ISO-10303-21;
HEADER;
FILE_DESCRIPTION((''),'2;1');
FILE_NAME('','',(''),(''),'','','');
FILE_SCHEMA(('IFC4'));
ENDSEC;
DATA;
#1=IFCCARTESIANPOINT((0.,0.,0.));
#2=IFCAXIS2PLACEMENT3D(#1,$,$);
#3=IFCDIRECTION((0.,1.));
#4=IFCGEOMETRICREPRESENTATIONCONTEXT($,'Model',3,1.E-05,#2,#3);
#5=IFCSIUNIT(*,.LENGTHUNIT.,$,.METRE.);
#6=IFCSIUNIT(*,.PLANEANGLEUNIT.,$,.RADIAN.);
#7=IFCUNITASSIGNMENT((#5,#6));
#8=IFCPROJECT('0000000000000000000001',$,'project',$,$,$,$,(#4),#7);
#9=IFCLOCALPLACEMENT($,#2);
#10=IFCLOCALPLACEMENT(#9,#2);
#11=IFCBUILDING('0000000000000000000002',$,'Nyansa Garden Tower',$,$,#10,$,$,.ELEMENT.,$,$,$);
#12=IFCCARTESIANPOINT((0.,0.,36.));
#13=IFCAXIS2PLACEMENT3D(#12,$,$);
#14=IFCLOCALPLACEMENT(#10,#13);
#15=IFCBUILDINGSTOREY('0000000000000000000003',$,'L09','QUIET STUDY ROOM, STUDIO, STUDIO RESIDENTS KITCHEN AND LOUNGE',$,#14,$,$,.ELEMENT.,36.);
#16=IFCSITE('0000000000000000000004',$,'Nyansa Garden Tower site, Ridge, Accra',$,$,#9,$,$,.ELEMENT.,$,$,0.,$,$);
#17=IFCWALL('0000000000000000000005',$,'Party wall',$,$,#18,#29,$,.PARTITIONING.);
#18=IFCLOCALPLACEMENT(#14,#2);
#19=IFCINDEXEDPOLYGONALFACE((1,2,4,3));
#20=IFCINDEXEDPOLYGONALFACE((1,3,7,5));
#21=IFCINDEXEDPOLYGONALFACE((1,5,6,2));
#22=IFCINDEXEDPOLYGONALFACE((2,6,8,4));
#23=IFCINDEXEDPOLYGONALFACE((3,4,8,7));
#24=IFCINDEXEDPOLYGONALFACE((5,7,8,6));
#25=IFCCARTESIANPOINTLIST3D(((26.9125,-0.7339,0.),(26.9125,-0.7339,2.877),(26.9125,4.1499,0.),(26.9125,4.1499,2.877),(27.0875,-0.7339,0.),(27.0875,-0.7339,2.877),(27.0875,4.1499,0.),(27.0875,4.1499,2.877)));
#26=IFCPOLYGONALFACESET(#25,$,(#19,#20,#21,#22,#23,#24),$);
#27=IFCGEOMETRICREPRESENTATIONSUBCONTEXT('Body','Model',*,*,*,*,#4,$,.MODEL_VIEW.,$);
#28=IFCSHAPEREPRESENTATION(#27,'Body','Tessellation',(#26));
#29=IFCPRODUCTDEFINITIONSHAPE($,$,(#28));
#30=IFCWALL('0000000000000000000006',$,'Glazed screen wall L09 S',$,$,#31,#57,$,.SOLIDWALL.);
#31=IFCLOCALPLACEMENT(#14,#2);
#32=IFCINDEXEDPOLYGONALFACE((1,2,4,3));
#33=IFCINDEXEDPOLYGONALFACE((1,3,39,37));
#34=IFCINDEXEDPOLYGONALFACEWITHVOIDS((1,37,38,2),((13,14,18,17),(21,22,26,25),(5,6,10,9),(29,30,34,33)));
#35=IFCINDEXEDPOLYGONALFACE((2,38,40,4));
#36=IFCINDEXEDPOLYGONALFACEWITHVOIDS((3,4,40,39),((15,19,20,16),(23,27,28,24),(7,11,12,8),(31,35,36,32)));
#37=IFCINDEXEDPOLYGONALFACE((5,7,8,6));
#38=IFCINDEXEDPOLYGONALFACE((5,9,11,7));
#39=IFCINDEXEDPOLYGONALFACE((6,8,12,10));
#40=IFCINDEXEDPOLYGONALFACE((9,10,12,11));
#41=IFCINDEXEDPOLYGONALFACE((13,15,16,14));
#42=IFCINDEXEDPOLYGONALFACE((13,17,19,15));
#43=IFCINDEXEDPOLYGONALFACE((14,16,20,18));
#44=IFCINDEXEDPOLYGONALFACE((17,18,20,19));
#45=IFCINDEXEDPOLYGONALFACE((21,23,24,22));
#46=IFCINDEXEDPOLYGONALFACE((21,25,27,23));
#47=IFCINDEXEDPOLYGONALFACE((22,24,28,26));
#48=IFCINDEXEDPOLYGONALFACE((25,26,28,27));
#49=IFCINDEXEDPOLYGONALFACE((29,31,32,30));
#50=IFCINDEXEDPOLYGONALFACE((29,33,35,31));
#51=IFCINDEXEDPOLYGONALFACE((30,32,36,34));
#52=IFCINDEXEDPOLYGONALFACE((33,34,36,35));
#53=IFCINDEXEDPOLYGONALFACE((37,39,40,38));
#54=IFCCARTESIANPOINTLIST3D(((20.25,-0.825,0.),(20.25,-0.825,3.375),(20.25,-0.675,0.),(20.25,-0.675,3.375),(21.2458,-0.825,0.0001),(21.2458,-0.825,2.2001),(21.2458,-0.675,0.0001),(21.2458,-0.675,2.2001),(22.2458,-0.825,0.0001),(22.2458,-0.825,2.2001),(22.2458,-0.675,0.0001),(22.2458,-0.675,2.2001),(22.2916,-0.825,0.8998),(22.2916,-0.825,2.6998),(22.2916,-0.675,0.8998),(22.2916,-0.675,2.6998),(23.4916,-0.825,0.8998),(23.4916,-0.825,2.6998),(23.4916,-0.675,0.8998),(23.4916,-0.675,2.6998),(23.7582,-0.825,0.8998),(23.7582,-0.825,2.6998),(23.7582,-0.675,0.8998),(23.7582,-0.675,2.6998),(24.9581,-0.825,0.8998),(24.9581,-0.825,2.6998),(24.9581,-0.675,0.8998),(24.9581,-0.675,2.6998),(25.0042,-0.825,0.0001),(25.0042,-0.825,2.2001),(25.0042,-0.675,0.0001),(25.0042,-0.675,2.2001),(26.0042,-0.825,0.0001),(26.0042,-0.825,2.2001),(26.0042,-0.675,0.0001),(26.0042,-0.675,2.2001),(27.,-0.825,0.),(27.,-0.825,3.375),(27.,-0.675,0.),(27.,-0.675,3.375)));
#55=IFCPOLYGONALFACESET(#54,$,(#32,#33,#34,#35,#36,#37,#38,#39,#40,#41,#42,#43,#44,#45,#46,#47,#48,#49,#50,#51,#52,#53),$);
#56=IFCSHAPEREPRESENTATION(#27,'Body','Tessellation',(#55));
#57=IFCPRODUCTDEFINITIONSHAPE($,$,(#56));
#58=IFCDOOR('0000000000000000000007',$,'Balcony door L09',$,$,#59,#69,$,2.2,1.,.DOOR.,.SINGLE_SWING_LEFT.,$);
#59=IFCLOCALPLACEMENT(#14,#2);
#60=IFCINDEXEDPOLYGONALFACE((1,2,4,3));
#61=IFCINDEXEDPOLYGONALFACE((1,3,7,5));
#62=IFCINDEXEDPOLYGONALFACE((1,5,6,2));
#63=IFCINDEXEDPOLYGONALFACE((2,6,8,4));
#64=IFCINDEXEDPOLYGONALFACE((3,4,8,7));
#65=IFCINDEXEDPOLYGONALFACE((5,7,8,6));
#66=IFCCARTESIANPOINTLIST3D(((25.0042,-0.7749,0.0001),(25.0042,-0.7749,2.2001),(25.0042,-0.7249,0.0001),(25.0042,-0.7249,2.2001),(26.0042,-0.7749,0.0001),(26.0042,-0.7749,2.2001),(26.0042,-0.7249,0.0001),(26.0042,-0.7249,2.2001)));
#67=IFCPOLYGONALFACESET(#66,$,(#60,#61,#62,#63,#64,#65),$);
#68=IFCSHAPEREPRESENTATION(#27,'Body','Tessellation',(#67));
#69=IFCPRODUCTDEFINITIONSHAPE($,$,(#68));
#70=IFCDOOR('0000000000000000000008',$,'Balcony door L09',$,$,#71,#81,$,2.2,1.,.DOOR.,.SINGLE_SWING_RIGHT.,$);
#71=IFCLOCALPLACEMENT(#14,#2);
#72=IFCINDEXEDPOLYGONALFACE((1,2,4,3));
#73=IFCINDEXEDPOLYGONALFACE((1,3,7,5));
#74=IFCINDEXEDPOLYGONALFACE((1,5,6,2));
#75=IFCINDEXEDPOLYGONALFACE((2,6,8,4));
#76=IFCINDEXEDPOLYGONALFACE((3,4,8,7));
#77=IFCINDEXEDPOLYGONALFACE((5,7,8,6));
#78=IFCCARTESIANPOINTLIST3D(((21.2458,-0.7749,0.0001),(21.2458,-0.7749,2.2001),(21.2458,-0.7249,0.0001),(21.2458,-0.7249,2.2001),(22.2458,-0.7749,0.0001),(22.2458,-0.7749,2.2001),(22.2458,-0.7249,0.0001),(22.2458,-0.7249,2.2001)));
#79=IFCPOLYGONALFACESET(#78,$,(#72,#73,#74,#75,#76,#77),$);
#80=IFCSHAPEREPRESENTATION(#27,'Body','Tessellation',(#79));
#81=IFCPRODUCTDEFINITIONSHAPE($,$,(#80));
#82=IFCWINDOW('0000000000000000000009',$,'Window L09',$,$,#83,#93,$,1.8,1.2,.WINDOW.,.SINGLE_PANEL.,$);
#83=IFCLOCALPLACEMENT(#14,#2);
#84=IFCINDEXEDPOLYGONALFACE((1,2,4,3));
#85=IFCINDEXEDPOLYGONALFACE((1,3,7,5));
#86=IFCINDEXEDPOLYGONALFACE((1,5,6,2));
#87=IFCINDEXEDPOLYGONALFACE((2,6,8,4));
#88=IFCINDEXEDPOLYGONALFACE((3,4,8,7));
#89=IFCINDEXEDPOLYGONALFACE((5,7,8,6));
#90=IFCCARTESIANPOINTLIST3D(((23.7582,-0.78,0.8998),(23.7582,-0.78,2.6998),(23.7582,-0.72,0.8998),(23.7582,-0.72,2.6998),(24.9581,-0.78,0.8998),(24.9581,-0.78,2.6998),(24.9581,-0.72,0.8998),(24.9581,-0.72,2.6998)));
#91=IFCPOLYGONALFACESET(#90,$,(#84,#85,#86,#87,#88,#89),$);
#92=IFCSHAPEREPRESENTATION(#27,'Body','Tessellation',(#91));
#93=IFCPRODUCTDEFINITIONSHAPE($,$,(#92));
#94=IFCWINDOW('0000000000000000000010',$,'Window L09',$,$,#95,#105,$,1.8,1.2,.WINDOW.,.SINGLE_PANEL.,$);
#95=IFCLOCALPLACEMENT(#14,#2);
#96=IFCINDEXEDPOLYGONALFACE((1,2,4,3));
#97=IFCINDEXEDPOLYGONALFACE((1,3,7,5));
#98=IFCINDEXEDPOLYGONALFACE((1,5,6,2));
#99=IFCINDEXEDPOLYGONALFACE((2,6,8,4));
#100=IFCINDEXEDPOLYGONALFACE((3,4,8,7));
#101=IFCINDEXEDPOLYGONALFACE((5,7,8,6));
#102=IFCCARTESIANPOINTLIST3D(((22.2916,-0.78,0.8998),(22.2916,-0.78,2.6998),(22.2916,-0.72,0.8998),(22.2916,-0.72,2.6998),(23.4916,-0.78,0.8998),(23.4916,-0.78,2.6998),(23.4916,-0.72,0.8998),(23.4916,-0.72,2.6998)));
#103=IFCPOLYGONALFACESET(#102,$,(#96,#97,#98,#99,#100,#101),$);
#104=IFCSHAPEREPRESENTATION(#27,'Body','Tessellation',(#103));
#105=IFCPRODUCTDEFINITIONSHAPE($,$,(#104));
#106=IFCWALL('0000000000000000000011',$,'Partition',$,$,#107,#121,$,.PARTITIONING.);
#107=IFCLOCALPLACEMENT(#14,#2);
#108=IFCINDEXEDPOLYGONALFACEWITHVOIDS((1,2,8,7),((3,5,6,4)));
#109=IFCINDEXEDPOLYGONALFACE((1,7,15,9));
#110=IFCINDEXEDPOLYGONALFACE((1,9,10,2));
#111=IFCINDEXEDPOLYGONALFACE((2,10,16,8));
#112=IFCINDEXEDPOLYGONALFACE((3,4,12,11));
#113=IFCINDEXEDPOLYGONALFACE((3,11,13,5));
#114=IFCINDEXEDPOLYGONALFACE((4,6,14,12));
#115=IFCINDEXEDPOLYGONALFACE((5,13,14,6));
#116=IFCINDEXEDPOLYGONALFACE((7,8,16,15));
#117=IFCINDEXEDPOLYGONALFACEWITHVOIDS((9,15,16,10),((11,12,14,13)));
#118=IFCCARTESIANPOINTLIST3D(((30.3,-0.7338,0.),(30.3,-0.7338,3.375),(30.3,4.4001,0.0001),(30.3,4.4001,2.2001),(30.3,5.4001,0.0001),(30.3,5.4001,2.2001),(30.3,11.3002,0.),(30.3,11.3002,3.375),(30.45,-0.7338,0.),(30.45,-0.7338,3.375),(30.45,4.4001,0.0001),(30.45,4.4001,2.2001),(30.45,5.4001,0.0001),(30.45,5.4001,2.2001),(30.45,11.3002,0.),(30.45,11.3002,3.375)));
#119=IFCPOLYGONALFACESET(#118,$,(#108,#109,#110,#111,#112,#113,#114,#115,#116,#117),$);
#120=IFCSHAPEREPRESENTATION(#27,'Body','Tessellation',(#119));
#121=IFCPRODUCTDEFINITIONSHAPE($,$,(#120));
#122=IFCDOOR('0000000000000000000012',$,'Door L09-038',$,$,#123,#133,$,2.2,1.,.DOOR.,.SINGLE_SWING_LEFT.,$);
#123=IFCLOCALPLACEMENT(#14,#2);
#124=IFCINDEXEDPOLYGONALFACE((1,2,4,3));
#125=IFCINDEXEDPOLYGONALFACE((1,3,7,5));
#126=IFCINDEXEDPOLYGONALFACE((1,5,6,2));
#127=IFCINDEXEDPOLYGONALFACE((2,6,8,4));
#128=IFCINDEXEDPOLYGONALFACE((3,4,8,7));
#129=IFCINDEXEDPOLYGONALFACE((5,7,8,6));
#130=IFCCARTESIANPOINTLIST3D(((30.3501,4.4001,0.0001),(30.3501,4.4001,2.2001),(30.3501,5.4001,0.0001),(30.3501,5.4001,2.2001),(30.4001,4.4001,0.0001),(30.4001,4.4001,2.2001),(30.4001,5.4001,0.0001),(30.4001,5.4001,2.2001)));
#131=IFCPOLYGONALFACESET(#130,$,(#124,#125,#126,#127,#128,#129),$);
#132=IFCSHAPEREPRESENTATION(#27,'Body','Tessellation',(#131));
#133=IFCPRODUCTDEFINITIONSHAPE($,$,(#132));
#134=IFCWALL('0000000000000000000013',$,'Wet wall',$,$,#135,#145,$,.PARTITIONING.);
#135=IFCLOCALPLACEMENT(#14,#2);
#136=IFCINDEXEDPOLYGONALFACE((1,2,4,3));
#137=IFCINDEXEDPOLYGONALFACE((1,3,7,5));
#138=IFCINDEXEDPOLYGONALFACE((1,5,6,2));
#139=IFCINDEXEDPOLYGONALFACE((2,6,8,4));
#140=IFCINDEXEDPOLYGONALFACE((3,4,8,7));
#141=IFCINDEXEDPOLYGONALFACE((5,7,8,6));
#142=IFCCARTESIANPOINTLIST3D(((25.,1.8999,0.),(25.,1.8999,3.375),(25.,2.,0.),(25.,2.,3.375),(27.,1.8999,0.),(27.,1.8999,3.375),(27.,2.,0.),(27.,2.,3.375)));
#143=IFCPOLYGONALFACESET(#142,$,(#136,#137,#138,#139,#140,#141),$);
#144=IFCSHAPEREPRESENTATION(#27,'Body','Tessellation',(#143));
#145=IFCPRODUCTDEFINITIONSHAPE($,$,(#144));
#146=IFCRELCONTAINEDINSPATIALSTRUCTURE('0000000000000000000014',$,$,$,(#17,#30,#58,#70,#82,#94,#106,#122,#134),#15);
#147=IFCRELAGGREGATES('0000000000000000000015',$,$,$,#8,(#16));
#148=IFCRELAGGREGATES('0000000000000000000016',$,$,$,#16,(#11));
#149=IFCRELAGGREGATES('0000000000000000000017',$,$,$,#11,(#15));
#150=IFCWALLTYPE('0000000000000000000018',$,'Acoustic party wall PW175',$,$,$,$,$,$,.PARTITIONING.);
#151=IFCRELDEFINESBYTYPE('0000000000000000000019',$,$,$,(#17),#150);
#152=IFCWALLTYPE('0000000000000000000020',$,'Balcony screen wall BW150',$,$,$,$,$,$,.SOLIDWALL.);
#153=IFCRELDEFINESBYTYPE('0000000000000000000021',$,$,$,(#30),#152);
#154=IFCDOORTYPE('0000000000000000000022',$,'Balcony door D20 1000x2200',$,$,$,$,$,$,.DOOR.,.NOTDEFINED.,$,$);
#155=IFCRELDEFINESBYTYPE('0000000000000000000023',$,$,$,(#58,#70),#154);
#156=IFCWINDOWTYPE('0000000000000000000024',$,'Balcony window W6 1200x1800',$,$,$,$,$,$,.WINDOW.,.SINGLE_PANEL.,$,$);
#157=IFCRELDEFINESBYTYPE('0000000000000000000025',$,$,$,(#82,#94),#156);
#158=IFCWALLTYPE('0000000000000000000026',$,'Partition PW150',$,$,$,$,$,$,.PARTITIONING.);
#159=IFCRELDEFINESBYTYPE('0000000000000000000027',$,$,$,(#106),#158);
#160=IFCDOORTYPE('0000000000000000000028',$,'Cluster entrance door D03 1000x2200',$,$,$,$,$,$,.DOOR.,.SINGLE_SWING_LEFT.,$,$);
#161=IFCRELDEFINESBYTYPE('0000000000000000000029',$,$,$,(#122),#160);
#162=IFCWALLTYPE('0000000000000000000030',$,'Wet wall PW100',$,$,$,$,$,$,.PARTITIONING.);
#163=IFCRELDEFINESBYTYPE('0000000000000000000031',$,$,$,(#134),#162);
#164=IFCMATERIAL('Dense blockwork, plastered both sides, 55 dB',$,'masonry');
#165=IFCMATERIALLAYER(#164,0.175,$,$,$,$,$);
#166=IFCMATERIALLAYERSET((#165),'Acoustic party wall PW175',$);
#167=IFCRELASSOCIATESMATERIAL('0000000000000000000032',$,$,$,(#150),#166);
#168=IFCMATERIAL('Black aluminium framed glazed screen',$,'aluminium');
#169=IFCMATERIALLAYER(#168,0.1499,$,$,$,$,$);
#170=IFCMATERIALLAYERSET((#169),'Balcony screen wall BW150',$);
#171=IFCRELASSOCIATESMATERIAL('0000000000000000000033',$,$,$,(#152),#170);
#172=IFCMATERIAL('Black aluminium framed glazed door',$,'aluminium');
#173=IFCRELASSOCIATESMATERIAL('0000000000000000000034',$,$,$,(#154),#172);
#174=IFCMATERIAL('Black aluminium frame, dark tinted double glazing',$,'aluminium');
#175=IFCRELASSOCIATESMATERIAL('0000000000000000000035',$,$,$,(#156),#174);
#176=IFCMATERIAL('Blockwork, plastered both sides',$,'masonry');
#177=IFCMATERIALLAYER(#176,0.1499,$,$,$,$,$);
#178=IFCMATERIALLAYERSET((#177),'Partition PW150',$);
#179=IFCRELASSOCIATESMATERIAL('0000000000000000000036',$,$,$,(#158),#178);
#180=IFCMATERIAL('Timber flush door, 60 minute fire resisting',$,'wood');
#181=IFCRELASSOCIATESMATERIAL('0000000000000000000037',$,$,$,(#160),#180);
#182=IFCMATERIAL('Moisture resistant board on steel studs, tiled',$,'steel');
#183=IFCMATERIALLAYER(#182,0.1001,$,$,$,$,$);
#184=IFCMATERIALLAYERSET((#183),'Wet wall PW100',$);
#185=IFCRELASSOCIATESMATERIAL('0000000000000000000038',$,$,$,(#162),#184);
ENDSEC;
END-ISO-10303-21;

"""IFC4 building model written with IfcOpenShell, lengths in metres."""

from ifc_helpers import new_model, si_unit, direction, frame, frame_2d, origin, place, context, subcontext, project, spatial, rectangle, extrude, material, layer, layer_set, type_object, element, fill, save


model = new_model("IFC4")

# Units and contexts
model_context = context("Model", 3, precision=1e-05, world=origin(), true_north=direction((0.0, 1.0)))
body_context = subcontext(model_context, "Body", "Model", "MODEL_VIEW")
ifc_project = project(units=[si_unit("LENGTHUNIT", "METRE"), si_unit("PLANEANGLEUNIT", "RADIAN")], contexts=[model_context])

# Site, building, storey
site_placement = place(None, origin())
site = spatial("IfcSite", under=ifc_project, at=site_placement, Name="Nyansa Garden Tower site, Ridge, Accra", CompositionType="ELEMENT", RefElevation=0.0)
building_placement = place(site_placement, origin())
building = spatial("IfcBuilding", under=site, at=building_placement, Name="Nyansa Garden Tower", CompositionType="ELEMENT")
storey_placement = place(building_placement, frame((0.0, 0.0, 36.0)))
storey = spatial("IfcBuildingStorey", under=building, at=storey_placement, Name="L09", Description="QUIET STUDY ROOM, STUDIO, STUDIO RESIDENTS KITCHEN AND LOUNGE", CompositionType="ELEMENT", Elevation=36.0)

# Wall
ifc_material_1 = material(Name="Dense blockwork, plastered both sides, 55 dB", Category="masonry")
ifc_layer_1 = layer(ifc_material_1, 0.175)
ifc_layer_set_1 = layer_set([ifc_layer_1], Name="Acoustic party wall PW175")
wall_type_1 = type_object("IfcWallType", Name="Acoustic party wall PW175", PredefinedType="PARTITIONING", material=ifc_layer_set_1)
wall_1_placement = place(storey_placement, frame((27.0, -0.7339, 0.0), z_axis=(0.0, 0.0, 1.0), x_axis=(0.0, 1.0, 0.0)))
element("IfcWall", 1, at=wall_1_placement, inside=storey, type_object=wall_type_1, Name="Party wall", PredefinedType="PARTITIONING", context=body_context, shape_type="SweptSolid", body=[
    extrude(rectangle(XDim=4.8838, YDim=0.175, at=frame_2d((2.4419, 0.0))), origin(), (0.0, 0.0, 1.0), 2.877),
])

# Wall, openings, doors, windows
ifc_material_2 = material(Name="Black aluminium framed glazed screen", Category="aluminium")
ifc_layer_2 = layer(ifc_material_2, 0.1499)
ifc_layer_set_2 = layer_set([ifc_layer_2], Name="Balcony screen wall BW150")
wall_type_2 = type_object("IfcWallType", Name="Balcony screen wall BW150", PredefinedType="SOLIDWALL", material=ifc_layer_set_2)
wall_2_placement = place(storey_placement, frame((27.0, -0.75, 0.0), z_axis=(0.0, 0.0, 1.0), x_axis=(-1.0, 0.0, 0.0)))
wall_2 = element("IfcWall", 2, at=wall_2_placement, inside=storey, type_object=wall_type_2, Name="Glazed screen wall L09 S", PredefinedType="SOLIDWALL", context=body_context, shape_type="SweptSolid", body=[
    extrude(rectangle(XDim=6.75, YDim=0.1499, at=frame_2d((3.375, 0.0))), origin(), (0.0, 0.0, 1.0), 3.375),
])
opening_1_placement = place(wall_2_placement, frame((0.9958, 0.0, 0.0)))
opening_1 = element("IfcOpeningElement", 3, at=opening_1_placement, cuts=wall_2, PredefinedType="OPENING", context=body_context, shape_type="SweptSolid", body=[
    extrude(rectangle(XDim=1.0, YDim=2.2, at=frame_2d((0.5, 1.1001))), frame((0.0, 0.085, 0.0), z_axis=(0.0, -1.0, 0.0), x_axis=(1.0, 0.0, 0.0)), (0.0, 0.0, 1.0), 0.1699),
])
opening_2_placement = place(wall_2_placement, frame((2.0417, 0.0, 0.8999)))
opening_2 = element("IfcOpeningElement", 4, at=opening_2_placement, cuts=wall_2, PredefinedType="OPENING", context=body_context, shape_type="SweptSolid", body=[
    extrude(rectangle(XDim=1.2, YDim=1.8, at=frame_2d((0.6001, 0.8999))), frame((0.0, 0.085, 0.0), z_axis=(0.0, -1.0, 0.0), x_axis=(1.0, 0.0, 0.0)), (0.0, 0.0, 1.0), 0.1699),
])
opening_3_placement = place(wall_2_placement, frame((4.7542, 0.0, 0.0)))
opening_3 = element("IfcOpeningElement", 5, at=opening_3_placement, cuts=wall_2, PredefinedType="OPENING", context=body_context, shape_type="SweptSolid", body=[
    extrude(rectangle(XDim=1.0, YDim=2.2, at=frame_2d((0.5, 1.1001))), frame((0.0, 0.085, 0.0), z_axis=(0.0, -1.0, 0.0), x_axis=(1.0, 0.0, 0.0)), (0.0, 0.0, 1.0), 0.1699),
])
opening_4_placement = place(wall_2_placement, frame((3.5083, 0.0, 0.8999)))
opening_4 = element("IfcOpeningElement", 6, at=opening_4_placement, cuts=wall_2, PredefinedType="OPENING", context=body_context, shape_type="SweptSolid", body=[
    extrude(rectangle(XDim=1.2, YDim=1.8, at=frame_2d((0.6001, 0.8999))), frame((0.0, 0.085, 0.0), z_axis=(0.0, -1.0, 0.0), x_axis=(1.0, 0.0, 0.0)), (0.0, 0.0, 1.0), 0.1699),
])
ifc_material_3 = material(Name="Black aluminium framed glazed door", Category="aluminium")
door_type_1 = type_object("IfcDoorType", Name="Balcony door D20 1000x2200", OperationType="NOTDEFINED", PredefinedType="DOOR", material=ifc_material_3)
door_1_placement = place(opening_1_placement, origin())
door_1 = element("IfcDoor", 7, at=door_1_placement, inside=storey, type_object=door_type_1, Name="Balcony door L09", OperationType="SINGLE_SWING_LEFT", OverallHeight=2.2, OverallWidth=1.0, PredefinedType="DOOR", context=body_context, shape_type="SweptSolid", body=[
    extrude(rectangle(XDim=1.0, YDim=2.2, at=frame_2d((0.5, 1.1001))), frame((0.0, 0.0249, 0.0), z_axis=(0.0, -1.0, 0.0), x_axis=(1.0, 0.0, 0.0)), (0.0, 0.0, 1.0), 0.05),
])
fill(opening_1, door_1)
door_2_placement = place(opening_3_placement, origin())
door_2 = element("IfcDoor", 8, at=door_2_placement, inside=storey, type_object=door_type_1, Name="Balcony door L09", OperationType="SINGLE_SWING_RIGHT", OverallHeight=2.2, OverallWidth=1.0, PredefinedType="DOOR", context=body_context, shape_type="SweptSolid", body=[
    extrude(rectangle(XDim=1.0, YDim=2.2, at=frame_2d((0.5, 1.1001))), frame((0.0, 0.0249, 0.0), z_axis=(0.0, -1.0, 0.0), x_axis=(1.0, 0.0, 0.0)), (0.0, 0.0, 1.0), 0.05),
])
fill(opening_3, door_2)
ifc_material_4 = material(Name="Black aluminium frame, dark tinted double glazing", Category="aluminium")
window_type = type_object("IfcWindowType", Name="Balcony window W6 1200x1800", PartitioningType="SINGLE_PANEL", PredefinedType="WINDOW", material=ifc_material_4)
window_1_placement = place(opening_2_placement, origin())
window_1 = element("IfcWindow", 9, at=window_1_placement, inside=storey, type_object=window_type, Name="Window L09", OverallHeight=1.8, OverallWidth=1.2, PartitioningType="SINGLE_PANEL", PredefinedType="WINDOW", context=body_context, shape_type="SweptSolid", body=[
    extrude(rectangle(XDim=1.2, YDim=1.8, at=frame_2d((0.6001, 0.8999))), frame((0.0, 0.03, 0.0), z_axis=(0.0, -1.0, 0.0), x_axis=(1.0, 0.0, 0.0)), (0.0, 0.0, 1.0), 0.0601),
])
fill(opening_2, window_1)
window_2_placement = place(opening_4_placement, origin())
window_2 = element("IfcWindow", 10, at=window_2_placement, inside=storey, type_object=window_type, Name="Window L09", OverallHeight=1.8, OverallWidth=1.2, PartitioningType="SINGLE_PANEL", PredefinedType="WINDOW", context=body_context, shape_type="SweptSolid", body=[
    extrude(rectangle(XDim=1.2, YDim=1.8, at=frame_2d((0.6001, 0.8999))), frame((0.0, 0.03, 0.0), z_axis=(0.0, -1.0, 0.0), x_axis=(1.0, 0.0, 0.0)), (0.0, 0.0, 1.0), 0.0601),
])
fill(opening_4, window_2)

# Wall, opening, door
ifc_material_5 = material(Name="Blockwork, plastered both sides", Category="masonry")
ifc_layer_3 = layer(ifc_material_5, 0.1499)
ifc_layer_set_3 = layer_set([ifc_layer_3], Name="Partition PW150")
wall_type_3 = type_object("IfcWallType", Name="Partition PW150", PredefinedType="PARTITIONING", material=ifc_layer_set_3)
wall_3_placement = place(storey_placement, frame((30.375, -0.7339, 0.0), z_axis=(0.0, 0.0, 1.0), x_axis=(0.0, 1.0, 0.0)))
wall_3 = element("IfcWall", 11, at=wall_3_placement, inside=storey, type_object=wall_type_3, Name="Partition", PredefinedType="PARTITIONING", context=body_context, shape_type="SweptSolid", body=[
    extrude(rectangle(XDim=12.0339, YDim=0.1499, at=frame_2d((6.0171, 0.0))), origin(), (0.0, 0.0, 1.0), 3.375),
])
opening_5_placement = place(wall_3_placement, frame((5.134, 0.0, 0.0)))
opening_5 = element("IfcOpeningElement", 12, at=opening_5_placement, cuts=wall_3, PredefinedType="OPENING", context=body_context, shape_type="SweptSolid", body=[
    extrude(rectangle(XDim=1.0, YDim=2.2, at=frame_2d((0.5, 1.1001))), frame((0.0, 0.085, 0.0), z_axis=(0.0, -1.0, 0.0), x_axis=(1.0, 0.0, 0.0)), (0.0, 0.0, 1.0), 0.1699),
])
ifc_material_6 = material(Name="Timber flush door, 60 minute fire resisting", Category="wood")
door_type_2 = type_object("IfcDoorType", Name="Cluster entrance door D03 1000x2200", OperationType="SINGLE_SWING_LEFT", PredefinedType="DOOR", material=ifc_material_6)
door_3_placement = place(opening_5_placement, origin())
door_3 = element("IfcDoor", 13, at=door_3_placement, inside=storey, type_object=door_type_2, Name="Door L09-038", OperationType="SINGLE_SWING_LEFT", OverallHeight=2.2, OverallWidth=1.0, PredefinedType="DOOR", context=body_context, shape_type="SweptSolid", body=[
    extrude(rectangle(XDim=1.0, YDim=2.2, at=frame_2d((0.5, 1.1001))), frame((0.0, 0.0249, 0.0), z_axis=(0.0, -1.0, 0.0), x_axis=(1.0, 0.0, 0.0)), (0.0, 0.0, 1.0), 0.05),
])
fill(opening_5, door_3)

# Wall
ifc_material_7 = material(Name="Moisture resistant board on steel studs, tiled", Category="steel")
ifc_layer_4 = layer(ifc_material_7, 0.1001)
ifc_layer_set_4 = layer_set([ifc_layer_4], Name="Wet wall PW100")
wall_type_4 = type_object("IfcWallType", Name="Wet wall PW100", PredefinedType="PARTITIONING", material=ifc_layer_set_4)
wall_4_placement = place(storey_placement, frame((25.0, 1.95, 0.0), z_axis=(0.0, 0.0, 1.0), x_axis=(1.0, 0.0, 0.0)))
element("IfcWall", 14, at=wall_4_placement, inside=storey, type_object=wall_type_4, Name="Wet wall", PredefinedType="PARTITIONING", context=body_context, shape_type="SweptSolid", body=[
    extrude(rectangle(XDim=2.0, YDim=0.1001, at=frame_2d((1.0, 0.0))), origin(), (0.0, 0.0, 1.0), 3.375),
])

save(model, "model.ifc")
